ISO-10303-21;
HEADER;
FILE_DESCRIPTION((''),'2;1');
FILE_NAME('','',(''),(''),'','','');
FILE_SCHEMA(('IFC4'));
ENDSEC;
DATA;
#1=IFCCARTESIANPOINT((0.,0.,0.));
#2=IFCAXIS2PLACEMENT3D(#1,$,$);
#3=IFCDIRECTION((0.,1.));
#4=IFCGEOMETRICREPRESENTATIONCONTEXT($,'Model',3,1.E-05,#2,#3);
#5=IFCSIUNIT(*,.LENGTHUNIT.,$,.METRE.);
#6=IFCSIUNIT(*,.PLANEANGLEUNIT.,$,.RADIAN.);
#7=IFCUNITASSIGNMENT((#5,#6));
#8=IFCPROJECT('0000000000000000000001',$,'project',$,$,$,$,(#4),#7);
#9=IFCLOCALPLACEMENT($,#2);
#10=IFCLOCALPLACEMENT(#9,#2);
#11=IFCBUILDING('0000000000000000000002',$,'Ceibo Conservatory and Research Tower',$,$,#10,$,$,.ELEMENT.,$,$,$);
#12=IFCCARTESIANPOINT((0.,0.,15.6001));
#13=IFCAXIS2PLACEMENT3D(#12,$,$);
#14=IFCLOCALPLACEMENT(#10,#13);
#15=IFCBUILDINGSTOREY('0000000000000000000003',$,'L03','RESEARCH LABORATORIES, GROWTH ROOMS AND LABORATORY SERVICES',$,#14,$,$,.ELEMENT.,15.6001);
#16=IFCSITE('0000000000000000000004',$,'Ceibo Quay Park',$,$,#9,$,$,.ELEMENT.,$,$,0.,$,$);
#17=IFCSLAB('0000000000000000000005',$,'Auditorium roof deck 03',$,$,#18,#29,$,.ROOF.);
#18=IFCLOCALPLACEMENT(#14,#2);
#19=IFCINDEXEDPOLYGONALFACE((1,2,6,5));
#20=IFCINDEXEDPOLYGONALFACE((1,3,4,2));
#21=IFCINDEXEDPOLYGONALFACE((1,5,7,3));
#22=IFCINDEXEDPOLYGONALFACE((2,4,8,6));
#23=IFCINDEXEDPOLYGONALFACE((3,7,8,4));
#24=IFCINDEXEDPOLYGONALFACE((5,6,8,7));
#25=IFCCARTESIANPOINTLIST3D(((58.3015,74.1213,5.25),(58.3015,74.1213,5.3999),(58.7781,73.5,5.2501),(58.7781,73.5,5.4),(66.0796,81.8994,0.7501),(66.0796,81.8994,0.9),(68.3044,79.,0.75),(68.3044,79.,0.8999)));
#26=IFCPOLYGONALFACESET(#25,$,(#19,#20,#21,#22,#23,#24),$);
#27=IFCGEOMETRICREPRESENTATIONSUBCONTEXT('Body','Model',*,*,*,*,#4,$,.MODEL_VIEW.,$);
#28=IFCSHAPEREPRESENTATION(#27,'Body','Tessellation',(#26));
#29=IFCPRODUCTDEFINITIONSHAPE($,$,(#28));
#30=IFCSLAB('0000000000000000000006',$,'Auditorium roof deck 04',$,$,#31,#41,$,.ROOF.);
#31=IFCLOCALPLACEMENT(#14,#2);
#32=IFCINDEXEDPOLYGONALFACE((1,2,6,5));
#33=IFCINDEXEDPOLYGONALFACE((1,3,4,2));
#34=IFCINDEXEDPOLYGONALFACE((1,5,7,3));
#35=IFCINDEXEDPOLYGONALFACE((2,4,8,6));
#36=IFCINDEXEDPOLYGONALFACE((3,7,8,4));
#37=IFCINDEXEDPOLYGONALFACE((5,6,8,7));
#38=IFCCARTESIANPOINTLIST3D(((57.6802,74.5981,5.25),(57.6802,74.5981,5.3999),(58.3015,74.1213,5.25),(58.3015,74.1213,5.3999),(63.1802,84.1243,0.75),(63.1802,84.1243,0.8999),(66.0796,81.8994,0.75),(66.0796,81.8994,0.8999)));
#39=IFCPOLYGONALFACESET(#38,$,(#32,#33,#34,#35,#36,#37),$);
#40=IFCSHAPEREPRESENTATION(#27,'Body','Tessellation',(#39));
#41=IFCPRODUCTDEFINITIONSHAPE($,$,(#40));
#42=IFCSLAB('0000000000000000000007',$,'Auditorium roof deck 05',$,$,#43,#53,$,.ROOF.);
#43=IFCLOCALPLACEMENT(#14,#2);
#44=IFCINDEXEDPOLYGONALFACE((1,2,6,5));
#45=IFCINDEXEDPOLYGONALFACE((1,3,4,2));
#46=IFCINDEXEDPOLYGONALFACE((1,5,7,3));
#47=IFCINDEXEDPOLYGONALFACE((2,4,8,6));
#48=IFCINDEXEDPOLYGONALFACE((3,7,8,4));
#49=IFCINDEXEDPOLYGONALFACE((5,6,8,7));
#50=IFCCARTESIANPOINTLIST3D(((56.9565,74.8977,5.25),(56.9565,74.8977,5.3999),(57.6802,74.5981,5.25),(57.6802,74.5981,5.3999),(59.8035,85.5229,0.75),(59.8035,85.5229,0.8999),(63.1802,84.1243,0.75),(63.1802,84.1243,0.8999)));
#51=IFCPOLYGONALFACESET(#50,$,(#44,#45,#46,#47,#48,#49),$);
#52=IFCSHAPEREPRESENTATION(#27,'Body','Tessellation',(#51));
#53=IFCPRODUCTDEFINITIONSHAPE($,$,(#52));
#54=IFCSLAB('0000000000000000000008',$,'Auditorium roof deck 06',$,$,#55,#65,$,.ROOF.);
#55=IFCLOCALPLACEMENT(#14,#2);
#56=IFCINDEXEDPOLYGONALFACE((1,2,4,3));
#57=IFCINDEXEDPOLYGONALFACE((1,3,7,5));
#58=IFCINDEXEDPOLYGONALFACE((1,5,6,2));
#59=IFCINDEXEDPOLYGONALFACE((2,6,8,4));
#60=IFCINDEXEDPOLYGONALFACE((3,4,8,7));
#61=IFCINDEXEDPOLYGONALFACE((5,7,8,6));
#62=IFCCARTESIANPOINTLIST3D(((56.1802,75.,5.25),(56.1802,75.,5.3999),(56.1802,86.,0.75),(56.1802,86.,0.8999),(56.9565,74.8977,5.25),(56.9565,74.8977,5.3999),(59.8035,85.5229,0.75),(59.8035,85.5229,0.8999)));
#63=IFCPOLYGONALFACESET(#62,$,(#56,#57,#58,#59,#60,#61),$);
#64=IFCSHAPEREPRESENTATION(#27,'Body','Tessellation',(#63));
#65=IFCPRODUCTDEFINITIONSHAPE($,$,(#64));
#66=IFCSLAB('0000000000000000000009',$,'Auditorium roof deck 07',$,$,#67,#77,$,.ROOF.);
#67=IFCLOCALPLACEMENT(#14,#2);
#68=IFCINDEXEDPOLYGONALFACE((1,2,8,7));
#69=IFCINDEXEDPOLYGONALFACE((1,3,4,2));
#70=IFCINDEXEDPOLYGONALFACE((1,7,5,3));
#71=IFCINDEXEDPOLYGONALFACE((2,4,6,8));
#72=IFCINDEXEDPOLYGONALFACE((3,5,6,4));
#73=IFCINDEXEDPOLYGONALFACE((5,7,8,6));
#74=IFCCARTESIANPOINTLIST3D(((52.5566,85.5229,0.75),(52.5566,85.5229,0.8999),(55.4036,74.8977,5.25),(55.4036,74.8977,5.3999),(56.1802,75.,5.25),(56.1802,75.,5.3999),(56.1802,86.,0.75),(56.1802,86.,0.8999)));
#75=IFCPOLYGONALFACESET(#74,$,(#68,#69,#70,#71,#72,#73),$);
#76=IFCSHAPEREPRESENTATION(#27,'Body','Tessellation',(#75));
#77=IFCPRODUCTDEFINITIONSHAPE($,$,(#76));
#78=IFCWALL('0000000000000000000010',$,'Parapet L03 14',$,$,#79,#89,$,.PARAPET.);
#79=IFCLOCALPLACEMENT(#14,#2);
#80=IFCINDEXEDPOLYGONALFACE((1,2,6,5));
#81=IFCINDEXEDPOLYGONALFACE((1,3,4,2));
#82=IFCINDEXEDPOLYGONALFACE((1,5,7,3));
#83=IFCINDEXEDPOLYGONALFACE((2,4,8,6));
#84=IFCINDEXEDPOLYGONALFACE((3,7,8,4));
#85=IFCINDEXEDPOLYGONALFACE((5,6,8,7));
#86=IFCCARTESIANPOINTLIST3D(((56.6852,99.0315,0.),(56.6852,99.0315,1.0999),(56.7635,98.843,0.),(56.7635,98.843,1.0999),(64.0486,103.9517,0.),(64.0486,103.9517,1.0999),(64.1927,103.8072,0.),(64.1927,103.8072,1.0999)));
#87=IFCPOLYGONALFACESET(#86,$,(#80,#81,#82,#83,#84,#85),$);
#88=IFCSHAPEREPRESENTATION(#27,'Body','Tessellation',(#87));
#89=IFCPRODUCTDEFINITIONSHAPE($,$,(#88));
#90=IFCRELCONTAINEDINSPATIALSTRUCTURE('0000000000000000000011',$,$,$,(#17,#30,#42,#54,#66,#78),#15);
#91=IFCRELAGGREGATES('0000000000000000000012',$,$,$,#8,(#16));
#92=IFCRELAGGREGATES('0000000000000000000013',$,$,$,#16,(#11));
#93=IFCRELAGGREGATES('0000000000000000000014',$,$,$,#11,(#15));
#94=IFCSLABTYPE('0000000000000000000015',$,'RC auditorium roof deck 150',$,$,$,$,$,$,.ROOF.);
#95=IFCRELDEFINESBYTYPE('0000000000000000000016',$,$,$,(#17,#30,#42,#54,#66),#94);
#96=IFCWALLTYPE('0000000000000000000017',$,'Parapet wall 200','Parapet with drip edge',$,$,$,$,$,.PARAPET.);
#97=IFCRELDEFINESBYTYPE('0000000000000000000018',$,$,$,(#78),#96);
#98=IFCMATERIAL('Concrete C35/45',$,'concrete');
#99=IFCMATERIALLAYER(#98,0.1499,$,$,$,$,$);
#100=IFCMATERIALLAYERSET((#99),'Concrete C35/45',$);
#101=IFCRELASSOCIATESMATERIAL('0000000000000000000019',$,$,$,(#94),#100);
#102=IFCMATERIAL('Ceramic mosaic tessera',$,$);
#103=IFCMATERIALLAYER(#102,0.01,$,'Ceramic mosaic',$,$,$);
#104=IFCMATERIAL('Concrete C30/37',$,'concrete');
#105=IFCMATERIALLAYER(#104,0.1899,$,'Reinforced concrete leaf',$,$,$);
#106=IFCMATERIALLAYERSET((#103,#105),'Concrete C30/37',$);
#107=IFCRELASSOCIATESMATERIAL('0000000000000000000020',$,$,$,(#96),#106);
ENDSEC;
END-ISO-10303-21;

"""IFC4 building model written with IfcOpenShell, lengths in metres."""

from ifc_helpers import new_model, si_unit, direction, frame, origin, place, context, subcontext, project, spatial, polyline, outline, extrude, material, layer, layer_set, type_object, element, save


model = new_model("IFC4")

# Units and contexts
model_context = context("Model", 3, precision=1e-05, world=origin(), true_north=direction((0.0, 1.0)))
body_context = subcontext(model_context, "Body", "Model", "MODEL_VIEW")
ifc_project = project(units=[si_unit("LENGTHUNIT", "METRE"), si_unit("PLANEANGLEUNIT", "RADIAN")], contexts=[model_context])

# Site, building, storey
site_placement = place(None, origin())
site = spatial("IfcSite", under=ifc_project, at=site_placement, Name="Ceibo Quay Park", CompositionType="ELEMENT", RefElevation=0.0)
building_placement = place(site_placement, origin())
building = spatial("IfcBuilding", under=site, at=building_placement, Name="Ceibo Conservatory and Research Tower", CompositionType="ELEMENT")
storey_placement = place(building_placement, frame((0.0, 0.0, 15.6001)))
storey = spatial("IfcBuildingStorey", under=building, at=storey_placement, Name="L03", Description="RESEARCH LABORATORIES, GROWTH ROOMS AND LABORATORY SERVICES", CompositionType="ELEMENT", Elevation=15.6001)

# Shared definitions
ifc_material_1 = material(Name="Concrete C35/45", Category="concrete")

# Slabs
ifc_layer_1 = layer(ifc_material_1, 0.1499)
ifc_layer_set_1 = layer_set([ifc_layer_1], Name="Concrete C35/45")
slab_type = type_object("IfcSlabType", Name="RC auditorium roof deck 150", PredefinedType="ROOF", material=ifc_layer_set_1)
slab_1_placement = place(storey_placement, frame((68.3044, 79.0, 0.8999), z_axis=(0.302613, 0.23219, 0.924399), x_axis=(-0.608766, 0.79335, 0.000014)))
element("IfcSlab", 1, at=slab_1_placement, inside=storey, type_object=slab_type, Name="Auditorium roof deck 03", PredefinedType="ROOF", context=body_context, shape_type="SweptSolid", body=[
    extrude(outline(polyline([(0.0, 0.0), (3.6547, 0.0), (2.219, 11.7977), (1.436, 11.7979), (0.0, 0.0)])), origin(), (-0.000014, -0.381427, -0.924399), 0.1499),
])
slab_2_placement = place(storey_placement, frame((66.0796, 81.8994, 0.8999), z_axis=(0.232205, 0.302605, 0.924398), x_axis=(-0.793346, 0.608771, 0.000002)))
element("IfcSlab", 2, at=slab_2_placement, inside=storey, type_object=slab_type, Name="Auditorium roof deck 04", PredefinedType="ROOF", context=body_context, shape_type="SweptSolid", body=[
    extrude(outline(polyline([(0.0, 0.0), (3.6547, 0.0), (2.2188, 11.7977), (1.4356, 11.7977), (0.0, 0.0)])), origin(), (-0.000002, -0.38143, -0.924398), 0.1499),
])
slab_3_placement = place(storey_placement, frame((63.1802, 84.1243, 0.8999), z_axis=(0.145953, 0.352399, 0.924398), x_axis=(-0.923881, 0.382679, -0.000013)))
element("IfcSlab", 3, at=slab_3_placement, inside=storey, type_object=slab_type, Name="Auditorium roof deck 05", PredefinedType="ROOF", context=body_context, shape_type="SweptSolid", body=[
    extrude(outline(polyline([(0.0, 0.0), (3.6549, 0.0), (2.219, 11.7978), (1.4358, 11.7977), (0.0, 0.0)])), origin(), (0.000013, -0.381428, -0.924398), 0.1499),
])
slab_4_placement = place(storey_placement, frame((59.8035, 85.5229, 0.8999), z_axis=(0.049796, 0.378161, 0.924399), x_axis=(-0.991443, 0.130538, 0.000006)))
element("IfcSlab", 4, at=slab_4_placement, inside=storey, type_object=slab_type, Name="Auditorium roof deck 06", PredefinedType="ROOF", context=body_context, shape_type="SweptSolid", body=[
    extrude(outline(polyline([(0.0, 0.0), (3.6546, 0.0), (2.2187, 11.7978), (1.4356, 11.7979), (0.0, 0.0)])), origin(), (-0.000006, -0.381426, -0.924399), 0.1499),
])
slab_5_placement = place(storey_placement, frame((56.1802, 86.0, 0.8999), z_axis=(-0.049791, 0.378162, 0.924399), x_axis=(-0.991445, -0.130529, -0.000004)))
element("IfcSlab", 5, at=slab_5_placement, inside=storey, type_object=slab_type, Name="Auditorium roof deck 07", PredefinedType="ROOF", context=body_context, shape_type="SweptSolid", body=[
    extrude(outline(polyline([(0.0, 0.0), (3.6548, 0.0), (2.2191, 11.7979), (1.4358, 11.7978), (0.0, 0.0)])), origin(), (0.000004, -0.381426, -0.924399), 0.1499),
])

# Wall
ifc_material_2 = material(Name="Ceramic mosaic tessera")
ifc_layer_2 = layer(ifc_material_2, 0.01, Name="Ceramic mosaic")
ifc_material_3 = material(Name="Concrete C30/37", Category="concrete")
ifc_layer_3 = layer(ifc_material_3, 0.1899, Name="Reinforced concrete leaf")
ifc_layer_set_2 = layer_set([ifc_layer_2, ifc_layer_3], Name="Concrete C30/37")
wall_type = type_object("IfcWallType", Name="Parapet wall 200", Description="Parapet with drip edge", PredefinedType="PARAPET", material=ifc_layer_set_2)
wall_placement = place(storey_placement, frame((56.7244, 98.9373, 0.0), z_axis=(0.0, 0.0, 1.0), x_axis=(0.831463, 0.55558, 0.0)))
element("IfcWall", 6, at=wall_placement, inside=storey, type_object=wall_type, Name="Parapet L03 14", PredefinedType="PARAPET", context=body_context, shape_type="SweptSolid", body=[
    extrude(outline(polyline([(-0.0198, -0.1001), (8.9153, -0.1001), (8.8757, 0.1001), (0.0198, 0.1001), (-0.0198, -0.1001)])), origin(), (0.0, 0.0, 1.0), 1.0999),
])

save(model, "model.ifc")
